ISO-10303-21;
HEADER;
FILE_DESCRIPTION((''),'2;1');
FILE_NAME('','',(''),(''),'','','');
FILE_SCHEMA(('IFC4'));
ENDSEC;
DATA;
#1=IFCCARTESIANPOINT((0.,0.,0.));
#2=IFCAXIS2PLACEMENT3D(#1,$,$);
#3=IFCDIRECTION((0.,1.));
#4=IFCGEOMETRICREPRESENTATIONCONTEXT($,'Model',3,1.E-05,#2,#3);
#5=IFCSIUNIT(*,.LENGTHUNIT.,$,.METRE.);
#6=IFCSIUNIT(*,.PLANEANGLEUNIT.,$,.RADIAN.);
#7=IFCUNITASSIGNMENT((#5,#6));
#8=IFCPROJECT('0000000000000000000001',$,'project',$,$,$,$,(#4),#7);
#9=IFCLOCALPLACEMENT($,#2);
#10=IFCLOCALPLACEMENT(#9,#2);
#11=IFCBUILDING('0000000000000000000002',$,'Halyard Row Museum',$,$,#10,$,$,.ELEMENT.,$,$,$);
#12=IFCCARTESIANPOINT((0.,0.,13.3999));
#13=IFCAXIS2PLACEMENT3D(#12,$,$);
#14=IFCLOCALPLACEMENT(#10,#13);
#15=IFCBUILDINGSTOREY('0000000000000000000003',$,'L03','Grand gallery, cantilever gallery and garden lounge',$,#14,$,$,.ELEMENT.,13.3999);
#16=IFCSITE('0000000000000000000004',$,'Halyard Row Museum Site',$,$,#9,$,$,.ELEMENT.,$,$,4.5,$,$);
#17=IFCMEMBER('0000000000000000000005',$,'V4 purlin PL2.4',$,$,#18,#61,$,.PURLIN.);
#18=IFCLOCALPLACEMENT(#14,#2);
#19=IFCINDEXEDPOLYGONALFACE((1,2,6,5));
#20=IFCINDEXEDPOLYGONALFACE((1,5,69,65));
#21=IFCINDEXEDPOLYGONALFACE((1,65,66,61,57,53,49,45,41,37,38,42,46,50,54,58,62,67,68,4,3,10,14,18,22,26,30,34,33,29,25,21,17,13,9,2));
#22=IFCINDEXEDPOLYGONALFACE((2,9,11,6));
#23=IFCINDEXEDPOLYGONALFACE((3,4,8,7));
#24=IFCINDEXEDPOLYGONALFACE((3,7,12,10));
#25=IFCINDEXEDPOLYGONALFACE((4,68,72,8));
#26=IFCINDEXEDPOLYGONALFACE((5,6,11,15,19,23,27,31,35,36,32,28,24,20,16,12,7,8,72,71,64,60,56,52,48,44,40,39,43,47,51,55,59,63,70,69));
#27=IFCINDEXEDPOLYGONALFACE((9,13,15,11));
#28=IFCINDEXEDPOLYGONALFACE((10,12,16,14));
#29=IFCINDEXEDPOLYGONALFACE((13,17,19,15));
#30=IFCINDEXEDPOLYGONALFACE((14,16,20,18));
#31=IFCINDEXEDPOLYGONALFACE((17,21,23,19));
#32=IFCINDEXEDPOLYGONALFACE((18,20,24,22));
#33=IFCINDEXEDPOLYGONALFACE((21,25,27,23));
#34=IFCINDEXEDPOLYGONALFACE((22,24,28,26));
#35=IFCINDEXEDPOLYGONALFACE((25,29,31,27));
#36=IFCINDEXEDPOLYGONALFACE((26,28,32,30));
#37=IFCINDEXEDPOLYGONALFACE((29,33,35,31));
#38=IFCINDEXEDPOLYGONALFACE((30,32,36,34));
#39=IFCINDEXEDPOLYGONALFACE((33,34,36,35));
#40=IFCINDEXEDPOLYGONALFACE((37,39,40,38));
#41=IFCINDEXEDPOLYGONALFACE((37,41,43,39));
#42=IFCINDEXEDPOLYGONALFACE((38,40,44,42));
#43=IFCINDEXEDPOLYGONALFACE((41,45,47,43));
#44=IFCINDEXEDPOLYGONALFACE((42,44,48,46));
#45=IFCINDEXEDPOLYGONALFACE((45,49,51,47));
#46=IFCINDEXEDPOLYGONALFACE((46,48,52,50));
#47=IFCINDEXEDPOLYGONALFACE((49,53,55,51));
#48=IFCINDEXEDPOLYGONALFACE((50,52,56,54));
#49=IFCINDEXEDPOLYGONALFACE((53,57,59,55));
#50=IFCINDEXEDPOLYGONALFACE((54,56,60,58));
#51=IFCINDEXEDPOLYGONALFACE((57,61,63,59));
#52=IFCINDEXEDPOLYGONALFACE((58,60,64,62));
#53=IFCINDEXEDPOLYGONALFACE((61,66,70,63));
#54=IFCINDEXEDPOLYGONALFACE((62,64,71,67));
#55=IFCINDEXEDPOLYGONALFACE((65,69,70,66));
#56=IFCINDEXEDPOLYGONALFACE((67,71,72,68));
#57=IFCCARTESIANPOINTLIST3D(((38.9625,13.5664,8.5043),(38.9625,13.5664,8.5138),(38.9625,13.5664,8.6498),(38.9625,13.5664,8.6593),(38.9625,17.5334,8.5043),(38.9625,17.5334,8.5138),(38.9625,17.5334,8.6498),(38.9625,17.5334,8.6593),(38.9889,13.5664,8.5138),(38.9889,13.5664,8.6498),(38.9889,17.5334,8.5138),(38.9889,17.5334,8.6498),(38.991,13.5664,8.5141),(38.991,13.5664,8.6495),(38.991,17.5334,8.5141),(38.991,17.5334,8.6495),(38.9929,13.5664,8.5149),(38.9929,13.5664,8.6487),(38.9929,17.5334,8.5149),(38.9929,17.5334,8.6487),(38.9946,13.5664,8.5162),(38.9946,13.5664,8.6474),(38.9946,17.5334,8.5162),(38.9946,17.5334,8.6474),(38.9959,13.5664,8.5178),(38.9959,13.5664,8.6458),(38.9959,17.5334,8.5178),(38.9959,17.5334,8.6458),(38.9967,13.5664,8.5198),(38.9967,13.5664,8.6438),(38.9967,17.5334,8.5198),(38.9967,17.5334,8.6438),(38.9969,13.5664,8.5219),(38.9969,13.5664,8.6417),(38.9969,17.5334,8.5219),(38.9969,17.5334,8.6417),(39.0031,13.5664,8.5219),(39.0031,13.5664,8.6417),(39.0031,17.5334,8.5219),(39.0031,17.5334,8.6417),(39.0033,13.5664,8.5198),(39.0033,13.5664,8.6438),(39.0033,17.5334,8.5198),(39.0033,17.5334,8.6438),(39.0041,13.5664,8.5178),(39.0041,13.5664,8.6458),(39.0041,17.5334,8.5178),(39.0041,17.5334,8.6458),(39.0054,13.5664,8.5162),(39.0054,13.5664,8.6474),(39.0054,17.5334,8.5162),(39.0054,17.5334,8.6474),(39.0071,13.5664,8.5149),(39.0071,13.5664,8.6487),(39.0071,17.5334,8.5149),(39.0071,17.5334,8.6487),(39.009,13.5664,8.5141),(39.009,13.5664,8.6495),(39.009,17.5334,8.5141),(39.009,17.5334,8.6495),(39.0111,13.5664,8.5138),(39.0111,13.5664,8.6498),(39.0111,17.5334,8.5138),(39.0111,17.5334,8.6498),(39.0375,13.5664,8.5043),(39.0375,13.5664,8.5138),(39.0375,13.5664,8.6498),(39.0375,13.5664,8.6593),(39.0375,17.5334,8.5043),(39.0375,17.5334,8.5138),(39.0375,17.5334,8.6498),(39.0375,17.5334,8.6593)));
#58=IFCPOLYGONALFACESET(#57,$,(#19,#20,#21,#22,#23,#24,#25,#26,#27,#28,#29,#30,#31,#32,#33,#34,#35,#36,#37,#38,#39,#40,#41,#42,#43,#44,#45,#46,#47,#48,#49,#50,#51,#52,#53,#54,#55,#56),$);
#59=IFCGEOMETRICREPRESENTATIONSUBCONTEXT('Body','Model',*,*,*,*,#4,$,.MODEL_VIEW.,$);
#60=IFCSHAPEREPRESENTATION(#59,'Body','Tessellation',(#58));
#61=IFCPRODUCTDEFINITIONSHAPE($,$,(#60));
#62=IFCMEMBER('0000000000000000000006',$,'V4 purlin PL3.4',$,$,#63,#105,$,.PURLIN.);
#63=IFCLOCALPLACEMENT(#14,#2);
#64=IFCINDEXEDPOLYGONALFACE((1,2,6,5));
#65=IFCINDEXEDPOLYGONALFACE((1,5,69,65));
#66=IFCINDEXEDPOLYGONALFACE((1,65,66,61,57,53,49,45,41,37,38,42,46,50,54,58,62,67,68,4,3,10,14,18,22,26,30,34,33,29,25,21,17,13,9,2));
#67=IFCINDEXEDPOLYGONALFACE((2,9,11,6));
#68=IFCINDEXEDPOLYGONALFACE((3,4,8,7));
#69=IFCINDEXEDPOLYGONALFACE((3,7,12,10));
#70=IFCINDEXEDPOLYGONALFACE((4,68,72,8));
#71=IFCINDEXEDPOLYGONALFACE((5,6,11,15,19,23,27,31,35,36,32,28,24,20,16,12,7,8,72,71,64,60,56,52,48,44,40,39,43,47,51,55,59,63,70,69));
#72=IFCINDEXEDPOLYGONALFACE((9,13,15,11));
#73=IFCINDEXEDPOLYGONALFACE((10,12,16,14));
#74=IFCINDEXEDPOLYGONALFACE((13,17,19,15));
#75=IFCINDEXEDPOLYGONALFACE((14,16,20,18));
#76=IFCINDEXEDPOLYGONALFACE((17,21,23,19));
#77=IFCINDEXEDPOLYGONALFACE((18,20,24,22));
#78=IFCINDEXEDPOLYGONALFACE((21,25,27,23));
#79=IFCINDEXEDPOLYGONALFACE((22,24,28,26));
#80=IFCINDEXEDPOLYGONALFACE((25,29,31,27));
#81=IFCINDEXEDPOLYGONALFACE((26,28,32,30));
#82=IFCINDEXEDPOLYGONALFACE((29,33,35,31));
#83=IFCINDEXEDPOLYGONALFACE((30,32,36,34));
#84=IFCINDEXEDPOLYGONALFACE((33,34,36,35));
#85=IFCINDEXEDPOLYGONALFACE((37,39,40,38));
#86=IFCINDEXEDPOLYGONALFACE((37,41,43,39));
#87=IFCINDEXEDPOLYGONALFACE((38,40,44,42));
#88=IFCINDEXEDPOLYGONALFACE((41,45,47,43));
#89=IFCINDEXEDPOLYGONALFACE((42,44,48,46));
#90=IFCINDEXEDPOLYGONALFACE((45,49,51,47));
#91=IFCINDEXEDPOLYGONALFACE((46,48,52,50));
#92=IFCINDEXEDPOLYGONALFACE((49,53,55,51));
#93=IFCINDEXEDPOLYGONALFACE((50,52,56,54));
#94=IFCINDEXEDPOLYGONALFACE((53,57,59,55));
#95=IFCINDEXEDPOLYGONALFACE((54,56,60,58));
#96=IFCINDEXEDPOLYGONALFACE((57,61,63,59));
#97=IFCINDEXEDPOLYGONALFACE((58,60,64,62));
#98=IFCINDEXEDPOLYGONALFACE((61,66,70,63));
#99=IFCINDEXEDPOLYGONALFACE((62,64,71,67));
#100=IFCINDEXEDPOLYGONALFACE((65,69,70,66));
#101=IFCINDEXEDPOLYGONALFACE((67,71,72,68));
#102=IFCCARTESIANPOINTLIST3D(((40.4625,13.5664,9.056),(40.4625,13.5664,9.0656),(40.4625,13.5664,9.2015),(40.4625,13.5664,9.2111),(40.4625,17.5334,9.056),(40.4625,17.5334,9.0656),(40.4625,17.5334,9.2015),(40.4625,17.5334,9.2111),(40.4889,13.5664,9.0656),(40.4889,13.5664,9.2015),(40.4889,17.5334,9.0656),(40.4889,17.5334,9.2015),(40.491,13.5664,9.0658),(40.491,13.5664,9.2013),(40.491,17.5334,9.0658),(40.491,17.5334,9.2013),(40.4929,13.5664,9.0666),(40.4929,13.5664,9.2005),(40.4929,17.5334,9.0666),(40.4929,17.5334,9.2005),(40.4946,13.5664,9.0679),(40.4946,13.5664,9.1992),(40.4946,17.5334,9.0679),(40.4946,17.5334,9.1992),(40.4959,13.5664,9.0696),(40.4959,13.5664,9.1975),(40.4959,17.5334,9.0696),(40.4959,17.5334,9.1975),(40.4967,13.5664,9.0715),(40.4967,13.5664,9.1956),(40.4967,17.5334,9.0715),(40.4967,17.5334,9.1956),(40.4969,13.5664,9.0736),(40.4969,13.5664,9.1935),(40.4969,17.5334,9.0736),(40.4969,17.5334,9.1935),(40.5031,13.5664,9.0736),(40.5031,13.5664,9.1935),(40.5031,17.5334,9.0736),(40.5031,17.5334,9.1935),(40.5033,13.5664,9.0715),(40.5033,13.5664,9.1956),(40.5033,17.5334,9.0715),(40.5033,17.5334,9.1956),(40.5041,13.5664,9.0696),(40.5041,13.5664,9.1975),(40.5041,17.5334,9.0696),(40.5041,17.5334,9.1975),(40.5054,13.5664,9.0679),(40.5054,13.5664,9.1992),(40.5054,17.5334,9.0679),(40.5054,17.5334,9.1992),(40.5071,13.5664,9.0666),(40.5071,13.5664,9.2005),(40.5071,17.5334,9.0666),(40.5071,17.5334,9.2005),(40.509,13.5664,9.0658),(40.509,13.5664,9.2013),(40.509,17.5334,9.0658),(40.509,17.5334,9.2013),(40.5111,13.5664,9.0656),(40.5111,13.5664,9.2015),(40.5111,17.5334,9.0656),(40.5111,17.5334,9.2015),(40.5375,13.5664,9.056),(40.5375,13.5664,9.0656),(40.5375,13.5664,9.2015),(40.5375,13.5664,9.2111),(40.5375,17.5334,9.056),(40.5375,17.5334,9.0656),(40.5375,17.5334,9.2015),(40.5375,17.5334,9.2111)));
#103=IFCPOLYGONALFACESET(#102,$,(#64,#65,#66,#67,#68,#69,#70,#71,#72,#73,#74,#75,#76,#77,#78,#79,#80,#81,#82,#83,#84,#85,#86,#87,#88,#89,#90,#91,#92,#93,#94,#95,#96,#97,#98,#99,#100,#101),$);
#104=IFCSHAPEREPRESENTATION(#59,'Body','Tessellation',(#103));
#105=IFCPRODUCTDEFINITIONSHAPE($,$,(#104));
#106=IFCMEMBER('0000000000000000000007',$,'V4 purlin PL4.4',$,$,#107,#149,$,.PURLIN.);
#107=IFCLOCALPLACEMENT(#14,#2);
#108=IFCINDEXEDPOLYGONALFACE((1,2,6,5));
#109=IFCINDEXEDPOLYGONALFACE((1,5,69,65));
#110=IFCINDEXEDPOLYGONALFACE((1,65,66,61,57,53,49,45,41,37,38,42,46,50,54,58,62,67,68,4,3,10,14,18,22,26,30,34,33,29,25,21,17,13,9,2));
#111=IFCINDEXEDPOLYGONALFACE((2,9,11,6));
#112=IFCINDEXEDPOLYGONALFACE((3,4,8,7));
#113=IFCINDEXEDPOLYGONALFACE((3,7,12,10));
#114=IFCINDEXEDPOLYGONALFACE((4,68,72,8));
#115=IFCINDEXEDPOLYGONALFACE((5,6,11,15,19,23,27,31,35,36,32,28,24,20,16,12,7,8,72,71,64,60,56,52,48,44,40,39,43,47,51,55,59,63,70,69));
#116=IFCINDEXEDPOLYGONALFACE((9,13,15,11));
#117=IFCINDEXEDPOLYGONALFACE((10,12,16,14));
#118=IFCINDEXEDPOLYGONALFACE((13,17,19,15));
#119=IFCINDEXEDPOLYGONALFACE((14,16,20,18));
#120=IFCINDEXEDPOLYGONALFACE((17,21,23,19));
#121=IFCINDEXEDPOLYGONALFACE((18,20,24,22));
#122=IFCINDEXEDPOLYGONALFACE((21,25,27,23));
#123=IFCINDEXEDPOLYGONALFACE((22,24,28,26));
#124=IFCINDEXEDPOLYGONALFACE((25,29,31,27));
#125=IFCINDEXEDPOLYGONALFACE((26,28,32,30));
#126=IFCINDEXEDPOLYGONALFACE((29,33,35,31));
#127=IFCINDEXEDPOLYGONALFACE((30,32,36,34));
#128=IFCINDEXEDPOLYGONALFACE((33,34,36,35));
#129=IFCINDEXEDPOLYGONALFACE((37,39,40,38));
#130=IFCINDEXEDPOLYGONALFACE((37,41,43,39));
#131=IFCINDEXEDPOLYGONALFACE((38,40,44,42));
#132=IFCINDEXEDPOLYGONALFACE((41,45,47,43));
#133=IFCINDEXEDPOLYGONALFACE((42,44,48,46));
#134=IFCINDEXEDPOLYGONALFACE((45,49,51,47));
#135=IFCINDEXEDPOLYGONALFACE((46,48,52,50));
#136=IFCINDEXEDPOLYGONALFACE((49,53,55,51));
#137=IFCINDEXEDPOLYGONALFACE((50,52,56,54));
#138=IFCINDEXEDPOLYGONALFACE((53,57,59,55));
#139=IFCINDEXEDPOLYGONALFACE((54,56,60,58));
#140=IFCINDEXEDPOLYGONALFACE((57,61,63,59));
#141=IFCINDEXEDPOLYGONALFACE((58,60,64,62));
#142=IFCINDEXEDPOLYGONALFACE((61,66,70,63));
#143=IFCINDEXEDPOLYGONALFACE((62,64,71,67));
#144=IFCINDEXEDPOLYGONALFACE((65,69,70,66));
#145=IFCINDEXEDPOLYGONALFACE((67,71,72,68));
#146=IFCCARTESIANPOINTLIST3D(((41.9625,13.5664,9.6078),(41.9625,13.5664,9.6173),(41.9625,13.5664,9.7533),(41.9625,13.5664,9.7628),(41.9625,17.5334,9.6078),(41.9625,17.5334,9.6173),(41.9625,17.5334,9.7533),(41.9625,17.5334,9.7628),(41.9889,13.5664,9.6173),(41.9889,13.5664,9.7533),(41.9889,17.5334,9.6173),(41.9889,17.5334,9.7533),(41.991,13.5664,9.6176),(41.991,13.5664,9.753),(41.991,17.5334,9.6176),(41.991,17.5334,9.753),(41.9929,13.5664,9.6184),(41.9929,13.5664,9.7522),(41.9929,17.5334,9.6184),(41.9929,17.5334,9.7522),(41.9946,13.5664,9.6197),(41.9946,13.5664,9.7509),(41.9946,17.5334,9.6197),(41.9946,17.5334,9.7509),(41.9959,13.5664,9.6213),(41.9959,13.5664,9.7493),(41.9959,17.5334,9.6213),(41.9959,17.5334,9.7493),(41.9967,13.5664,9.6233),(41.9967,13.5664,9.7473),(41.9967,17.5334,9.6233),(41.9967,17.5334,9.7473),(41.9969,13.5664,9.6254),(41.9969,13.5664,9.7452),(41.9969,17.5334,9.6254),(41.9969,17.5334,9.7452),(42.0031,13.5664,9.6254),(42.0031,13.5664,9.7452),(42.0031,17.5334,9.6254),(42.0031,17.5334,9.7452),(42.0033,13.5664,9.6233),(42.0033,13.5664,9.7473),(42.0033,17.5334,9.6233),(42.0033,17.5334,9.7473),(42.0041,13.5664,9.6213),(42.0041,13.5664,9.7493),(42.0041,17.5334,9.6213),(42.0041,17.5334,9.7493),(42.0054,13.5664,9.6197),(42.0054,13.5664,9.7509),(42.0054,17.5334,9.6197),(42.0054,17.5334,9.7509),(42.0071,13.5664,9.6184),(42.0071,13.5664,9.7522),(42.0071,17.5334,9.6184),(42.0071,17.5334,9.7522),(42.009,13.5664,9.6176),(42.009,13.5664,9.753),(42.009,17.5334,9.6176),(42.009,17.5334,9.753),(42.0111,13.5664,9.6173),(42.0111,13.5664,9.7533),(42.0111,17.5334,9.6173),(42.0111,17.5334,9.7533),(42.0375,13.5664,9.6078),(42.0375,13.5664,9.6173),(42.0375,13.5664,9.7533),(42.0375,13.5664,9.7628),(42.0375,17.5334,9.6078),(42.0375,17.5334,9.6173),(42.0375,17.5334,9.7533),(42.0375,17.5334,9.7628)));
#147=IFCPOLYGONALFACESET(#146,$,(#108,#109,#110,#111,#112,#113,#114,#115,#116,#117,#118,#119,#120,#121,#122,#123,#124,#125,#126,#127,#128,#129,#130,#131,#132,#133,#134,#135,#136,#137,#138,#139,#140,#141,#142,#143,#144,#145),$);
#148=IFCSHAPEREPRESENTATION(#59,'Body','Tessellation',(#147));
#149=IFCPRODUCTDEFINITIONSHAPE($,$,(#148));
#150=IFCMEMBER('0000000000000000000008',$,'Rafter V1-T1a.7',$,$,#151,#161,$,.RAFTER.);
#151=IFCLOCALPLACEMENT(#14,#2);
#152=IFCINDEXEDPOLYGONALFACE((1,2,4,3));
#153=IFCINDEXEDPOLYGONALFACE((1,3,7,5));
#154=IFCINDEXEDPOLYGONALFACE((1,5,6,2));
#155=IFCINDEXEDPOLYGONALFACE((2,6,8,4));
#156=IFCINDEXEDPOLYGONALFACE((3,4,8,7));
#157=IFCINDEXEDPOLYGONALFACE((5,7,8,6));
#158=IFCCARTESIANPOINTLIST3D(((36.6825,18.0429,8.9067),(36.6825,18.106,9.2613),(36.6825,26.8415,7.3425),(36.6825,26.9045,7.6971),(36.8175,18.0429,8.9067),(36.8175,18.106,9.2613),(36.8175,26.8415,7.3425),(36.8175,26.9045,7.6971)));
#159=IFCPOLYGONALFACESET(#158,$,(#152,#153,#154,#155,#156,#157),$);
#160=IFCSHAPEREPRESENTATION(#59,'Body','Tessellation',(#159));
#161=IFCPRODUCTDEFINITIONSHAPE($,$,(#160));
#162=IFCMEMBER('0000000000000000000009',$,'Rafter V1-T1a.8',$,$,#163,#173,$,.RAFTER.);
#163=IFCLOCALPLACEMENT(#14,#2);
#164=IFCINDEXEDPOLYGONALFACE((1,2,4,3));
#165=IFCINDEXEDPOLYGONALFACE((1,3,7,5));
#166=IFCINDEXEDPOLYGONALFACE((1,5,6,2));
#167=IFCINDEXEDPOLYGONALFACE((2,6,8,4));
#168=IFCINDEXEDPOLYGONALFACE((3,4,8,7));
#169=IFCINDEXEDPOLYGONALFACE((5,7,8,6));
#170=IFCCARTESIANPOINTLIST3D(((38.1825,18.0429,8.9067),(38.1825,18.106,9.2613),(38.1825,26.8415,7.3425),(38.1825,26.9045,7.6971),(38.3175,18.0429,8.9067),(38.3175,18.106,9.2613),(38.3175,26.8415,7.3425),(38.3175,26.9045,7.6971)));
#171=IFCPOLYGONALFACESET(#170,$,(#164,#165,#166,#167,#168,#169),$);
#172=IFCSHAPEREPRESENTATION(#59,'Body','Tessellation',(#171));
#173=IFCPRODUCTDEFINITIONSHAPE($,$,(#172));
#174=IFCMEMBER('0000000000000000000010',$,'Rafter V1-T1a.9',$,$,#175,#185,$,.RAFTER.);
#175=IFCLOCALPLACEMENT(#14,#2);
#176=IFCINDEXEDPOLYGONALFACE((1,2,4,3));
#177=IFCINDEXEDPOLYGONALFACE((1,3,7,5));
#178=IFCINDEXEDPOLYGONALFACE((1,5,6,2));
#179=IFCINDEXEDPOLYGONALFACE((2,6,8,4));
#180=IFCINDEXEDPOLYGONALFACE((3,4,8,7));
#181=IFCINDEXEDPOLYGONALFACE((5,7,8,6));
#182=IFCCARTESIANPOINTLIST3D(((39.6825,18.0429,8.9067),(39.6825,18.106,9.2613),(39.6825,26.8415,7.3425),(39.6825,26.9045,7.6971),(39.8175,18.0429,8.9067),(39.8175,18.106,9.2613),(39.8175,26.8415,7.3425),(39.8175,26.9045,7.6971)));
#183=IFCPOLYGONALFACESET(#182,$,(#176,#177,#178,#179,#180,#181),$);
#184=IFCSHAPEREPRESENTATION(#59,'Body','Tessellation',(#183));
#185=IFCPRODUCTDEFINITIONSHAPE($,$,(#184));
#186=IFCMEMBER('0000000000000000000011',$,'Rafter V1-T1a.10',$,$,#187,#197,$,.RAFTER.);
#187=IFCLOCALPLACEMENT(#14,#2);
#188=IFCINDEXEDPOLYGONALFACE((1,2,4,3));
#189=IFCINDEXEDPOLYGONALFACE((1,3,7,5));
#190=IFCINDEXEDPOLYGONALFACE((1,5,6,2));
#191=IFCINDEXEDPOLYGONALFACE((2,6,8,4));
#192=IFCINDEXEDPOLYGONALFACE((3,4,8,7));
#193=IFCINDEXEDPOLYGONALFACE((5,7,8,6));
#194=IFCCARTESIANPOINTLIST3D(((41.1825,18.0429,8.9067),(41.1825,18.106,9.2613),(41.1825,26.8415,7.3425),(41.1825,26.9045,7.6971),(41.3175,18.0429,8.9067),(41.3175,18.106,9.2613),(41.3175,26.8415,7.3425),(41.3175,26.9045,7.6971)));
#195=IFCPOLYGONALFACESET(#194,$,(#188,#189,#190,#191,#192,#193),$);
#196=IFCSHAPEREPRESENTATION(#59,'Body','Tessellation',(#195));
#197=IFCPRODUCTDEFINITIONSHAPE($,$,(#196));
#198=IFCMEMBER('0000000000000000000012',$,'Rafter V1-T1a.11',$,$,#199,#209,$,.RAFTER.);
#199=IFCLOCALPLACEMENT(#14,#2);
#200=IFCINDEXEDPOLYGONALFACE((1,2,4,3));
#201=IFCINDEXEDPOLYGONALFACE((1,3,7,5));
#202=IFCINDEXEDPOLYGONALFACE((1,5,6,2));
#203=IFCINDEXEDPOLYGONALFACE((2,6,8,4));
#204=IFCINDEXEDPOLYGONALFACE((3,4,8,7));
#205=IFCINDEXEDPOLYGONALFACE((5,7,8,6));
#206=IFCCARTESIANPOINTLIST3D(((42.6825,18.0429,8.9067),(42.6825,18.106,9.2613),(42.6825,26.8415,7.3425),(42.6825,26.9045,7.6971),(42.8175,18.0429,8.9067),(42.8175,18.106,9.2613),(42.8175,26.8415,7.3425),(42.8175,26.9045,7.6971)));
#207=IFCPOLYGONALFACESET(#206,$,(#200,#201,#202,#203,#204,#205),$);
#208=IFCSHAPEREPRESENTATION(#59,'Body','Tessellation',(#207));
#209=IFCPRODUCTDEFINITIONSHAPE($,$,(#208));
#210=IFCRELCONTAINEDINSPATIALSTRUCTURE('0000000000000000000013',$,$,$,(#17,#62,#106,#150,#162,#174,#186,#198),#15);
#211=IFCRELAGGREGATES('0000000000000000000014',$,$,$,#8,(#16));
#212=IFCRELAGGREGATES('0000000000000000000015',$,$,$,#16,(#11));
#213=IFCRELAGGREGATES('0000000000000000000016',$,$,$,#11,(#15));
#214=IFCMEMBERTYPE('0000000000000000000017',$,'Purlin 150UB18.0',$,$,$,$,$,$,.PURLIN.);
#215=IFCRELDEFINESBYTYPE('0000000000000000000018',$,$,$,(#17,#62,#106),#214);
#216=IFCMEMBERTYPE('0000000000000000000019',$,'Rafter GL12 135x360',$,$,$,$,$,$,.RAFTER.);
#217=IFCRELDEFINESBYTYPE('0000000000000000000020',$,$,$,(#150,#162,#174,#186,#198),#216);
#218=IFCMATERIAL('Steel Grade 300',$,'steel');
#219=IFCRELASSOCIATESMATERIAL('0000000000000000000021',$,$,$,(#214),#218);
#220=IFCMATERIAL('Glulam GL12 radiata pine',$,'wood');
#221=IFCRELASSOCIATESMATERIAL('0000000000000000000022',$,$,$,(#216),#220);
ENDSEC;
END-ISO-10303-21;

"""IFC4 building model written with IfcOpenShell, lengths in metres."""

from ifc_helpers import new_model, si_unit, direction, frame, origin, origin_2d, place, context, subcontext, project, spatial, rectangle, i_section, extrude, material, material_profile, profile_set, type_object, element, save


model = new_model("IFC4")

# Units and contexts
model_context = context("Model", 3, precision=1e-05, world=origin(), true_north=direction((0.0, 1.0)))
body_context = subcontext(model_context, "Body", "Model", "MODEL_VIEW")
ifc_project = project(units=[si_unit("LENGTHUNIT", "METRE"), si_unit("PLANEANGLEUNIT", "RADIAN")], contexts=[model_context])

# Site, building, storey
site_placement = place(None, origin())
site = spatial("IfcSite", under=ifc_project, at=site_placement, Name="Halyard Row Museum Site", CompositionType="ELEMENT", RefElevation=4.5)
building_placement = place(site_placement, origin())
building = spatial("IfcBuilding", under=site, at=building_placement, Name="Halyard Row Museum", CompositionType="ELEMENT")
storey_placement = place(building_placement, frame((0.0, 0.0, 13.3999)))
storey = spatial("IfcBuildingStorey", under=building, at=storey_placement, Name="L03", Description="Grand gallery, cantilever gallery and garden lounge", CompositionType="ELEMENT", Elevation=13.3999)

# Members
ifc_material_1 = material(Name="Steel Grade 300", Category="steel")
ifc_material_profile_1 = material_profile(ifc_material_1, i_section(OverallWidth=0.075, OverallDepth=0.155, WebThickness=0.0061, FlangeThickness=0.0095, FilletRadius=0.0081, at=origin_2d()), Name="150UB18.0")
ifc_profile_set_1 = profile_set([ifc_material_profile_1], Name="Steel Grade 300")
member_type_1 = type_object("IfcMemberType", Name="Purlin 150UB18.0", PredefinedType="PURLIN", material=ifc_profile_set_1)
for number, where, z_axis, x_axis, name in (
    (1, (39.0, 13.5664, 8.5818), (0.0, 1.0, 0.0), (-1.0, 0.0, 0.0), "V4 purlin PL2.4"),
    (2, (40.5, 13.5664, 9.1335), (0.0, 1.0, 0.0), (-1.0, 0.0, 0.0), "V4 purlin PL3.4"),
    (3, (42.0, 13.5664, 9.6853), (0.0, 1.0, 0.0), (-1.0, 0.0, 0.0), "V4 purlin PL4.4"),
):
    element("IfcMember", number, at=place(storey_placement, frame(where, z_axis=z_axis, x_axis=x_axis)), inside=storey, type_object=member_type_1, Name=name, PredefinedType="PURLIN", context=body_context, shape_type="SweptSolid", body=[
        extrude(i_section(OverallWidth=0.075, OverallDepth=0.155, WebThickness=0.0061, FlangeThickness=0.0095, FilletRadius=0.0081, at=origin_2d()), origin(), (0.0, 0.0, 1.0), 3.967),
    ])
ifc_material_2 = material(Name="Glulam GL12 radiata pine", Category="wood")
ifc_material_profile_2 = material_profile(ifc_material_2, rectangle(XDim=0.135, YDim=0.3601, at=origin_2d()), Name="GL12 135x360")
ifc_profile_set_2 = profile_set([ifc_material_profile_2], Name="Glulam GL12 radiata pine")
member_type_2 = type_object("IfcMemberType", Name="Rafter GL12 135x360", PredefinedType="RAFTER", material=ifc_profile_set_2)
for number, where, z_axis, x_axis, name in (
    (4, (36.75, 18.0745, 9.084), (0.0, 0.984562, -0.175035), (-1.0, 0.0, 0.0), "Rafter V1-T1a.7"),
    (5, (38.25, 18.0745, 9.084), (0.0, 0.984562, -0.175035), (-1.0, 0.0, 0.0), "Rafter V1-T1a.8"),
    (6, (39.75, 18.0745, 9.084), (0.0, 0.984562, -0.175035), (-1.0, 0.0, 0.0), "Rafter V1-T1a.9"),
    (7, (41.25, 18.0745, 9.084), (0.0, 0.984562, -0.175035), (-1.0, 0.0, 0.0), "Rafter V1-T1a.10"),
    (8, (42.75, 18.0745, 9.084), (0.0, 0.984562, -0.175035), (-1.0, 0.0, 0.0), "Rafter V1-T1a.11"),
):
    element("IfcMember", number, at=place(storey_placement, frame(where, z_axis=z_axis, x_axis=x_axis)), inside=storey, type_object=member_type_2, Name=name, PredefinedType="RAFTER", context=body_context, shape_type="SweptSolid", body=[
        extrude(rectangle(XDim=0.135, YDim=0.3601, at=origin_2d()), origin(), (0.0, 0.0, 1.0), 8.9365),
    ])

save(model, "model.ifc")
